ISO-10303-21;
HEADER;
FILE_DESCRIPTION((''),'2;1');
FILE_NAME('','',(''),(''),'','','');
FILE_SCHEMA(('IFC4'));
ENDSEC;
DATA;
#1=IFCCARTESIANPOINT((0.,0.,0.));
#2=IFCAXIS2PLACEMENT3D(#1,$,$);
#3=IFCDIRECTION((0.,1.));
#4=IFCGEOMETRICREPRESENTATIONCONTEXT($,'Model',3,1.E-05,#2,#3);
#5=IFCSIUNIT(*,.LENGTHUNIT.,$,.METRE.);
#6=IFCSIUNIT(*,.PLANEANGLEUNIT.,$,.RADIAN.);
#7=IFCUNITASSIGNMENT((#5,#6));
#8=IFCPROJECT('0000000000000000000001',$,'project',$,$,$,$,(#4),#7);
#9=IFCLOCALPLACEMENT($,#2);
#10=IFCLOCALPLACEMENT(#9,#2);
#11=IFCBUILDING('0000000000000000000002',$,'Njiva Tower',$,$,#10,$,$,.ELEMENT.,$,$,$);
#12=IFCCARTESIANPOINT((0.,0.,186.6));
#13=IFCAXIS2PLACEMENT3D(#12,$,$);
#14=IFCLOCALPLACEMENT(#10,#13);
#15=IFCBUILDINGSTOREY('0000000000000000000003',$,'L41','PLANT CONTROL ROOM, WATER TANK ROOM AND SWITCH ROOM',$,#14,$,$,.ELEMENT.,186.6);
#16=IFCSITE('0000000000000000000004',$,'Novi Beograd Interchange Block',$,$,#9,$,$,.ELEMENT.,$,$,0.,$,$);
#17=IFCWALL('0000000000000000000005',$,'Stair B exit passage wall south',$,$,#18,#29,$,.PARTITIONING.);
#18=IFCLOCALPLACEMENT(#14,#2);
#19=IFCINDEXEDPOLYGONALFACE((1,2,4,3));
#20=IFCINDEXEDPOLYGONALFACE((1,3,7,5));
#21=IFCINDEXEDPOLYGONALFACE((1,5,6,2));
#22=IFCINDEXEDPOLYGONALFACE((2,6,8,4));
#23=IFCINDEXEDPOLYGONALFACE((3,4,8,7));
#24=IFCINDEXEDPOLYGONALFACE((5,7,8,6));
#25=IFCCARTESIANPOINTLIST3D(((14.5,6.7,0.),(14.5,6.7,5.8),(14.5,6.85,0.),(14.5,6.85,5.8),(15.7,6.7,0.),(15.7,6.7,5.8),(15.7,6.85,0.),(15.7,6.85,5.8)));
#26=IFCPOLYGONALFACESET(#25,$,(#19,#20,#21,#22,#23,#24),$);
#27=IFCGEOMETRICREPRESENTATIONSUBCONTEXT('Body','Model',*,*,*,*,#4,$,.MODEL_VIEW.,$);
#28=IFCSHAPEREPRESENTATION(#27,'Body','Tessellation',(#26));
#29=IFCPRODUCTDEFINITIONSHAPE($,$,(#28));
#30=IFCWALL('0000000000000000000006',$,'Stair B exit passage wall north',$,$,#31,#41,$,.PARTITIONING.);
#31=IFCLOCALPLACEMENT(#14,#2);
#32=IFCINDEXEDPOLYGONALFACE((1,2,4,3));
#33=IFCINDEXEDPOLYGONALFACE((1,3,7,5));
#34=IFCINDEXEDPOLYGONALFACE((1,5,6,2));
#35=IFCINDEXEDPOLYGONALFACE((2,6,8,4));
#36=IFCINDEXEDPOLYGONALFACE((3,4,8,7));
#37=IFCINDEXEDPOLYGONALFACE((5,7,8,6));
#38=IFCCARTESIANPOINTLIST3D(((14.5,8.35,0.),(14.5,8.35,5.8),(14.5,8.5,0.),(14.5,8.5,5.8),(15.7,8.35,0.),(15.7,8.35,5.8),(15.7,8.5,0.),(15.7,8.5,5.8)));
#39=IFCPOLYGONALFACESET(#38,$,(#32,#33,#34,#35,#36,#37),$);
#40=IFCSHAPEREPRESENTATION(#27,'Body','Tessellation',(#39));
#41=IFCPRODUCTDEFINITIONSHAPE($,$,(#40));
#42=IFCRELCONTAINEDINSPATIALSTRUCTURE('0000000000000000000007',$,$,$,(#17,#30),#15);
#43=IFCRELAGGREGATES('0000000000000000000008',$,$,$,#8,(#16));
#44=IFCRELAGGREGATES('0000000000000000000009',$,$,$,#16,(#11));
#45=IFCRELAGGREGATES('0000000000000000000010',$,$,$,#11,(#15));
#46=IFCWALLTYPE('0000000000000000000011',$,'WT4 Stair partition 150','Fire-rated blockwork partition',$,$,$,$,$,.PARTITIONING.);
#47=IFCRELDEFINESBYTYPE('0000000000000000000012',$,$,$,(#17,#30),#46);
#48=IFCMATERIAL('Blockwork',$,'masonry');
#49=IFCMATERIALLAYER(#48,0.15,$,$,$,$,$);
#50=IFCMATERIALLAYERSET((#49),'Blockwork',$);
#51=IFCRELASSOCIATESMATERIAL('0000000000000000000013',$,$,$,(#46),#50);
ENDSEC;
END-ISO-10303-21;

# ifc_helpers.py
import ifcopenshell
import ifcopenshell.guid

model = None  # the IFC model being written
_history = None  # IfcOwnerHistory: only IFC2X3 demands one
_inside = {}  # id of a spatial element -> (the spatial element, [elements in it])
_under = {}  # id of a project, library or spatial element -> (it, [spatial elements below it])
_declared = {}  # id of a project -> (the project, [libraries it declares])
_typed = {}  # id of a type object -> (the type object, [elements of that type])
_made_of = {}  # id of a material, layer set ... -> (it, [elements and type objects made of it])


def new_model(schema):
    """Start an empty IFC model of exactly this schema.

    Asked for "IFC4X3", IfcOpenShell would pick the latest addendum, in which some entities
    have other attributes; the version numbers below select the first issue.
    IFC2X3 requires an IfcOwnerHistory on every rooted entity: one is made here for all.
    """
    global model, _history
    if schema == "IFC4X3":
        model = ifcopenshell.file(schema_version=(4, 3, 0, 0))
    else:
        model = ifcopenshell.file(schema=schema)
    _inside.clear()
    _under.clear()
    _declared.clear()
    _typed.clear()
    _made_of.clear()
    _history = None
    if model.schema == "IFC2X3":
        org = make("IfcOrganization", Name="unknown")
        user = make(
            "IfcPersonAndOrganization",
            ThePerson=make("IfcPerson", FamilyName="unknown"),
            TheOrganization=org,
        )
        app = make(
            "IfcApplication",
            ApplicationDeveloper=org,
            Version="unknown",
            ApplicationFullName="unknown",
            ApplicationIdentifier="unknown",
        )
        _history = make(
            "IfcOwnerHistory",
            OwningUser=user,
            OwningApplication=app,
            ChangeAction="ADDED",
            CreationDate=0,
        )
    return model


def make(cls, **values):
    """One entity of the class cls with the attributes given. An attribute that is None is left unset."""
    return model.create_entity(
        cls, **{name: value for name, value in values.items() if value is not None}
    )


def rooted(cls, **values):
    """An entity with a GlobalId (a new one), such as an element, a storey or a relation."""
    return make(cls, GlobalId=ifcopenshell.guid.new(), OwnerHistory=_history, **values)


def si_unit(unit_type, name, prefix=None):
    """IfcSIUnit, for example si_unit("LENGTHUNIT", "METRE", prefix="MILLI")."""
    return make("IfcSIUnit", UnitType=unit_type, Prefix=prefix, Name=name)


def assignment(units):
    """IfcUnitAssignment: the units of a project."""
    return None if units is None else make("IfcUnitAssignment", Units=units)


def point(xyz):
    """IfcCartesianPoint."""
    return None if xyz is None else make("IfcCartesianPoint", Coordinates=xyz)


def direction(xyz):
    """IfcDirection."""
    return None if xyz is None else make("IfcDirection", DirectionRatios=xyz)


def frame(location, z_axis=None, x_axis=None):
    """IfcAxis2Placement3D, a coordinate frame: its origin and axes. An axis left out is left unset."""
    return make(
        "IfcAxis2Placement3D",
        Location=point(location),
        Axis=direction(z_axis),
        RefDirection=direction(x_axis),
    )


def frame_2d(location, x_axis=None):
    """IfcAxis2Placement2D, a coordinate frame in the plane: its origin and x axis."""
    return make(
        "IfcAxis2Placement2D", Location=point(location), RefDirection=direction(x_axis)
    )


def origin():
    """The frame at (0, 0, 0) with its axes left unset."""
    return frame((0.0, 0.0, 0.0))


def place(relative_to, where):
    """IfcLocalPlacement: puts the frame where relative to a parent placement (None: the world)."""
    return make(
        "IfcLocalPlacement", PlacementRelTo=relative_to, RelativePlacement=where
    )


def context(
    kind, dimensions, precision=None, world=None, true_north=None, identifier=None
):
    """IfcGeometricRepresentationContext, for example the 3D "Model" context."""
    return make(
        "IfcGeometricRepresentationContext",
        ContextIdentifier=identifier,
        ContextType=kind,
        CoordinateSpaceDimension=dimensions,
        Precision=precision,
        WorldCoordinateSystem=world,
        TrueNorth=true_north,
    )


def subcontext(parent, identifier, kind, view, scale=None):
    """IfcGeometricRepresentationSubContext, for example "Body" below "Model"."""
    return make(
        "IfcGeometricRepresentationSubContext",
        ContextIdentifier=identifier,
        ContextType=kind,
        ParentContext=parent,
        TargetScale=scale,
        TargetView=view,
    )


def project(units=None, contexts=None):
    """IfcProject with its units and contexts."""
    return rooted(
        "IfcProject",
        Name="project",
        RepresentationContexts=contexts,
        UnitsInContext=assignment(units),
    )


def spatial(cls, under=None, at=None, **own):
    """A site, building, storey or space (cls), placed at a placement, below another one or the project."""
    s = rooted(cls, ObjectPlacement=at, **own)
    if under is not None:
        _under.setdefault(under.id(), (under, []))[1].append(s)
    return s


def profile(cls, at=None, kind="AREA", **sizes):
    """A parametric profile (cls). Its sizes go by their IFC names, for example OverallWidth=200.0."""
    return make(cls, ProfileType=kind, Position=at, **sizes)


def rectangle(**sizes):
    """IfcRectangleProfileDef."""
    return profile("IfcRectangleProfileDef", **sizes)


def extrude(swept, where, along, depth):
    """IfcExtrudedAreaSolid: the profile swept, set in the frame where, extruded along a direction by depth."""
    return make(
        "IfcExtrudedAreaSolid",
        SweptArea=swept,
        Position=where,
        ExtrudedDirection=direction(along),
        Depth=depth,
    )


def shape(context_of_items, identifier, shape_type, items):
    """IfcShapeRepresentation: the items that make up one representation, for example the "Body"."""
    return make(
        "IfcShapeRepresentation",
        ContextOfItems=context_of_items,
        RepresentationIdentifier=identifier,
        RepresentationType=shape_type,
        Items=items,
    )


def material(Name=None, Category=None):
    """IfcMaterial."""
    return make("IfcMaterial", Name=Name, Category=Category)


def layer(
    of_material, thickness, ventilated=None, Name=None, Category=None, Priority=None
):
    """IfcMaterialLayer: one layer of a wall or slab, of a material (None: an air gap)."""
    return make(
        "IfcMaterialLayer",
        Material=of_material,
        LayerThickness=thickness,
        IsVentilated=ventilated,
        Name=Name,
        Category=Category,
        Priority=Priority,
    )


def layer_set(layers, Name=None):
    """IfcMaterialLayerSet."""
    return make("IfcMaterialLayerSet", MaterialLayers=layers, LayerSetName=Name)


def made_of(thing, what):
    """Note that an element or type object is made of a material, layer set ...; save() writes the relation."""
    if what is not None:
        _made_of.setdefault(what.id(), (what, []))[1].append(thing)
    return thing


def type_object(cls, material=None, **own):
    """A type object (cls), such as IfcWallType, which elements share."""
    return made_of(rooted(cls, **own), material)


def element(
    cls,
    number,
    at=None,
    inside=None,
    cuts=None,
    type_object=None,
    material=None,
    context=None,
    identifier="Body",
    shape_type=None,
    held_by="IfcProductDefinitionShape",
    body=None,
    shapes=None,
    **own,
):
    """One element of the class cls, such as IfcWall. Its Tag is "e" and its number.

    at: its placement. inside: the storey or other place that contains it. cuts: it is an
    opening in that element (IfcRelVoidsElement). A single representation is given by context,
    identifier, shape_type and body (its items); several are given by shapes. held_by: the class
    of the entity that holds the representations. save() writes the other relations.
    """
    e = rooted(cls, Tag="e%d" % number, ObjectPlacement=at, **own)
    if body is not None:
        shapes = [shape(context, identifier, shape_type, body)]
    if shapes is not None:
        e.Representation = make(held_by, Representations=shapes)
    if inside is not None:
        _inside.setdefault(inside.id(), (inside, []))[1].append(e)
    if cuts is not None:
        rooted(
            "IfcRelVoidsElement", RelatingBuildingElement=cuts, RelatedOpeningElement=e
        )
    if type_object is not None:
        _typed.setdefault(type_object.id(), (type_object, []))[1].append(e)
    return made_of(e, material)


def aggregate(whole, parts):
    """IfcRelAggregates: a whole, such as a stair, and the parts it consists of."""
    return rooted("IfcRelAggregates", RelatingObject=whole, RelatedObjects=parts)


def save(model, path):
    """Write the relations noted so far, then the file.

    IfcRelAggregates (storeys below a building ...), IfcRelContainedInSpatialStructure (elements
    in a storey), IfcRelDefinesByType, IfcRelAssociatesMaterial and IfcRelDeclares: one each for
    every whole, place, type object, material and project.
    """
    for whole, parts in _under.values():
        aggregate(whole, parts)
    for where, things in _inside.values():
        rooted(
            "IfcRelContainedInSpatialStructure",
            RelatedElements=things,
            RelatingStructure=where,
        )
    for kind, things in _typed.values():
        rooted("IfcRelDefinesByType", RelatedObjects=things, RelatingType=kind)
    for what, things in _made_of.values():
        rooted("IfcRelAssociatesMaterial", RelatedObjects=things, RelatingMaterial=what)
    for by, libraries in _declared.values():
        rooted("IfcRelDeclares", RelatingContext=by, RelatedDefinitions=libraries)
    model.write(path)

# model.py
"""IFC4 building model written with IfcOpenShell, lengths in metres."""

from ifc_helpers import new_model, si_unit, direction, frame, frame_2d, origin, place, context, subcontext, project, spatial, rectangle, extrude, material, layer, layer_set, type_object, element, save


model = new_model("IFC4")

# Units and contexts
model_context = context("Model", 3, precision=1e-05, world=origin(), true_north=direction((0.0, 1.0)))
body_context = subcontext(model_context, "Body", "Model", "MODEL_VIEW")
ifc_project = project(units=[si_unit("LENGTHUNIT", "METRE"), si_unit("PLANEANGLEUNIT", "RADIAN")], contexts=[model_context])

# Site, building, storey
site_placement = place(None, origin())
site = spatial("IfcSite", under=ifc_project, at=site_placement, Name="Novi Beograd Interchange Block", CompositionType="ELEMENT", RefElevation=0.0)
building_placement = place(site_placement, origin())
building = spatial("IfcBuilding", under=site, at=building_placement, Name="Njiva Tower", CompositionType="ELEMENT")
storey_placement = place(building_placement, frame((0.0, 0.0, 186.6)))
storey = spatial("IfcBuildingStorey", under=building, at=storey_placement, Name="L41", Description="PLANT CONTROL ROOM, WATER TANK ROOM AND SWITCH ROOM", CompositionType="ELEMENT", Elevation=186.6)

# Shared definitions
ifc_material_1 = material(Name="Blockwork", Category="masonry")

# Walls
ifc_layer_1 = layer(ifc_material_1, 0.15)
ifc_layer_set_1 = layer_set([ifc_layer_1], Name="Blockwork")
wall_type_1 = type_object("IfcWallType", Name="WT4 Stair partition 150", Description="Fire-rated blockwork partition", PredefinedType="PARTITIONING", material=ifc_layer_set_1)
for number, where, z_axis, x_axis, name in (
    (1, (14.5, 6.775, 0.0), (0.0, 0.0, 1.0), (1.0, 0.0, 0.0), "Stair B exit passage wall south"),
    (2, (14.5, 8.425, 0.0), (0.0, 0.0, 1.0), (1.0, 0.0, 0.0), "Stair B exit passage wall north"),
):
    element("IfcWall", number, at=place(storey_placement, frame(where, z_axis=z_axis, x_axis=x_axis)), inside=storey, type_object=wall_type_1, Name=name, PredefinedType="PARTITIONING", context=body_context, shape_type="SweptSolid", body=[
        extrude(rectangle(XDim=1.2, YDim=0.15, at=frame_2d((0.6, 0.0))), origin(), (0.0, 0.0, 1.0), 5.8),
    ])

save(model, "model.ifc")
